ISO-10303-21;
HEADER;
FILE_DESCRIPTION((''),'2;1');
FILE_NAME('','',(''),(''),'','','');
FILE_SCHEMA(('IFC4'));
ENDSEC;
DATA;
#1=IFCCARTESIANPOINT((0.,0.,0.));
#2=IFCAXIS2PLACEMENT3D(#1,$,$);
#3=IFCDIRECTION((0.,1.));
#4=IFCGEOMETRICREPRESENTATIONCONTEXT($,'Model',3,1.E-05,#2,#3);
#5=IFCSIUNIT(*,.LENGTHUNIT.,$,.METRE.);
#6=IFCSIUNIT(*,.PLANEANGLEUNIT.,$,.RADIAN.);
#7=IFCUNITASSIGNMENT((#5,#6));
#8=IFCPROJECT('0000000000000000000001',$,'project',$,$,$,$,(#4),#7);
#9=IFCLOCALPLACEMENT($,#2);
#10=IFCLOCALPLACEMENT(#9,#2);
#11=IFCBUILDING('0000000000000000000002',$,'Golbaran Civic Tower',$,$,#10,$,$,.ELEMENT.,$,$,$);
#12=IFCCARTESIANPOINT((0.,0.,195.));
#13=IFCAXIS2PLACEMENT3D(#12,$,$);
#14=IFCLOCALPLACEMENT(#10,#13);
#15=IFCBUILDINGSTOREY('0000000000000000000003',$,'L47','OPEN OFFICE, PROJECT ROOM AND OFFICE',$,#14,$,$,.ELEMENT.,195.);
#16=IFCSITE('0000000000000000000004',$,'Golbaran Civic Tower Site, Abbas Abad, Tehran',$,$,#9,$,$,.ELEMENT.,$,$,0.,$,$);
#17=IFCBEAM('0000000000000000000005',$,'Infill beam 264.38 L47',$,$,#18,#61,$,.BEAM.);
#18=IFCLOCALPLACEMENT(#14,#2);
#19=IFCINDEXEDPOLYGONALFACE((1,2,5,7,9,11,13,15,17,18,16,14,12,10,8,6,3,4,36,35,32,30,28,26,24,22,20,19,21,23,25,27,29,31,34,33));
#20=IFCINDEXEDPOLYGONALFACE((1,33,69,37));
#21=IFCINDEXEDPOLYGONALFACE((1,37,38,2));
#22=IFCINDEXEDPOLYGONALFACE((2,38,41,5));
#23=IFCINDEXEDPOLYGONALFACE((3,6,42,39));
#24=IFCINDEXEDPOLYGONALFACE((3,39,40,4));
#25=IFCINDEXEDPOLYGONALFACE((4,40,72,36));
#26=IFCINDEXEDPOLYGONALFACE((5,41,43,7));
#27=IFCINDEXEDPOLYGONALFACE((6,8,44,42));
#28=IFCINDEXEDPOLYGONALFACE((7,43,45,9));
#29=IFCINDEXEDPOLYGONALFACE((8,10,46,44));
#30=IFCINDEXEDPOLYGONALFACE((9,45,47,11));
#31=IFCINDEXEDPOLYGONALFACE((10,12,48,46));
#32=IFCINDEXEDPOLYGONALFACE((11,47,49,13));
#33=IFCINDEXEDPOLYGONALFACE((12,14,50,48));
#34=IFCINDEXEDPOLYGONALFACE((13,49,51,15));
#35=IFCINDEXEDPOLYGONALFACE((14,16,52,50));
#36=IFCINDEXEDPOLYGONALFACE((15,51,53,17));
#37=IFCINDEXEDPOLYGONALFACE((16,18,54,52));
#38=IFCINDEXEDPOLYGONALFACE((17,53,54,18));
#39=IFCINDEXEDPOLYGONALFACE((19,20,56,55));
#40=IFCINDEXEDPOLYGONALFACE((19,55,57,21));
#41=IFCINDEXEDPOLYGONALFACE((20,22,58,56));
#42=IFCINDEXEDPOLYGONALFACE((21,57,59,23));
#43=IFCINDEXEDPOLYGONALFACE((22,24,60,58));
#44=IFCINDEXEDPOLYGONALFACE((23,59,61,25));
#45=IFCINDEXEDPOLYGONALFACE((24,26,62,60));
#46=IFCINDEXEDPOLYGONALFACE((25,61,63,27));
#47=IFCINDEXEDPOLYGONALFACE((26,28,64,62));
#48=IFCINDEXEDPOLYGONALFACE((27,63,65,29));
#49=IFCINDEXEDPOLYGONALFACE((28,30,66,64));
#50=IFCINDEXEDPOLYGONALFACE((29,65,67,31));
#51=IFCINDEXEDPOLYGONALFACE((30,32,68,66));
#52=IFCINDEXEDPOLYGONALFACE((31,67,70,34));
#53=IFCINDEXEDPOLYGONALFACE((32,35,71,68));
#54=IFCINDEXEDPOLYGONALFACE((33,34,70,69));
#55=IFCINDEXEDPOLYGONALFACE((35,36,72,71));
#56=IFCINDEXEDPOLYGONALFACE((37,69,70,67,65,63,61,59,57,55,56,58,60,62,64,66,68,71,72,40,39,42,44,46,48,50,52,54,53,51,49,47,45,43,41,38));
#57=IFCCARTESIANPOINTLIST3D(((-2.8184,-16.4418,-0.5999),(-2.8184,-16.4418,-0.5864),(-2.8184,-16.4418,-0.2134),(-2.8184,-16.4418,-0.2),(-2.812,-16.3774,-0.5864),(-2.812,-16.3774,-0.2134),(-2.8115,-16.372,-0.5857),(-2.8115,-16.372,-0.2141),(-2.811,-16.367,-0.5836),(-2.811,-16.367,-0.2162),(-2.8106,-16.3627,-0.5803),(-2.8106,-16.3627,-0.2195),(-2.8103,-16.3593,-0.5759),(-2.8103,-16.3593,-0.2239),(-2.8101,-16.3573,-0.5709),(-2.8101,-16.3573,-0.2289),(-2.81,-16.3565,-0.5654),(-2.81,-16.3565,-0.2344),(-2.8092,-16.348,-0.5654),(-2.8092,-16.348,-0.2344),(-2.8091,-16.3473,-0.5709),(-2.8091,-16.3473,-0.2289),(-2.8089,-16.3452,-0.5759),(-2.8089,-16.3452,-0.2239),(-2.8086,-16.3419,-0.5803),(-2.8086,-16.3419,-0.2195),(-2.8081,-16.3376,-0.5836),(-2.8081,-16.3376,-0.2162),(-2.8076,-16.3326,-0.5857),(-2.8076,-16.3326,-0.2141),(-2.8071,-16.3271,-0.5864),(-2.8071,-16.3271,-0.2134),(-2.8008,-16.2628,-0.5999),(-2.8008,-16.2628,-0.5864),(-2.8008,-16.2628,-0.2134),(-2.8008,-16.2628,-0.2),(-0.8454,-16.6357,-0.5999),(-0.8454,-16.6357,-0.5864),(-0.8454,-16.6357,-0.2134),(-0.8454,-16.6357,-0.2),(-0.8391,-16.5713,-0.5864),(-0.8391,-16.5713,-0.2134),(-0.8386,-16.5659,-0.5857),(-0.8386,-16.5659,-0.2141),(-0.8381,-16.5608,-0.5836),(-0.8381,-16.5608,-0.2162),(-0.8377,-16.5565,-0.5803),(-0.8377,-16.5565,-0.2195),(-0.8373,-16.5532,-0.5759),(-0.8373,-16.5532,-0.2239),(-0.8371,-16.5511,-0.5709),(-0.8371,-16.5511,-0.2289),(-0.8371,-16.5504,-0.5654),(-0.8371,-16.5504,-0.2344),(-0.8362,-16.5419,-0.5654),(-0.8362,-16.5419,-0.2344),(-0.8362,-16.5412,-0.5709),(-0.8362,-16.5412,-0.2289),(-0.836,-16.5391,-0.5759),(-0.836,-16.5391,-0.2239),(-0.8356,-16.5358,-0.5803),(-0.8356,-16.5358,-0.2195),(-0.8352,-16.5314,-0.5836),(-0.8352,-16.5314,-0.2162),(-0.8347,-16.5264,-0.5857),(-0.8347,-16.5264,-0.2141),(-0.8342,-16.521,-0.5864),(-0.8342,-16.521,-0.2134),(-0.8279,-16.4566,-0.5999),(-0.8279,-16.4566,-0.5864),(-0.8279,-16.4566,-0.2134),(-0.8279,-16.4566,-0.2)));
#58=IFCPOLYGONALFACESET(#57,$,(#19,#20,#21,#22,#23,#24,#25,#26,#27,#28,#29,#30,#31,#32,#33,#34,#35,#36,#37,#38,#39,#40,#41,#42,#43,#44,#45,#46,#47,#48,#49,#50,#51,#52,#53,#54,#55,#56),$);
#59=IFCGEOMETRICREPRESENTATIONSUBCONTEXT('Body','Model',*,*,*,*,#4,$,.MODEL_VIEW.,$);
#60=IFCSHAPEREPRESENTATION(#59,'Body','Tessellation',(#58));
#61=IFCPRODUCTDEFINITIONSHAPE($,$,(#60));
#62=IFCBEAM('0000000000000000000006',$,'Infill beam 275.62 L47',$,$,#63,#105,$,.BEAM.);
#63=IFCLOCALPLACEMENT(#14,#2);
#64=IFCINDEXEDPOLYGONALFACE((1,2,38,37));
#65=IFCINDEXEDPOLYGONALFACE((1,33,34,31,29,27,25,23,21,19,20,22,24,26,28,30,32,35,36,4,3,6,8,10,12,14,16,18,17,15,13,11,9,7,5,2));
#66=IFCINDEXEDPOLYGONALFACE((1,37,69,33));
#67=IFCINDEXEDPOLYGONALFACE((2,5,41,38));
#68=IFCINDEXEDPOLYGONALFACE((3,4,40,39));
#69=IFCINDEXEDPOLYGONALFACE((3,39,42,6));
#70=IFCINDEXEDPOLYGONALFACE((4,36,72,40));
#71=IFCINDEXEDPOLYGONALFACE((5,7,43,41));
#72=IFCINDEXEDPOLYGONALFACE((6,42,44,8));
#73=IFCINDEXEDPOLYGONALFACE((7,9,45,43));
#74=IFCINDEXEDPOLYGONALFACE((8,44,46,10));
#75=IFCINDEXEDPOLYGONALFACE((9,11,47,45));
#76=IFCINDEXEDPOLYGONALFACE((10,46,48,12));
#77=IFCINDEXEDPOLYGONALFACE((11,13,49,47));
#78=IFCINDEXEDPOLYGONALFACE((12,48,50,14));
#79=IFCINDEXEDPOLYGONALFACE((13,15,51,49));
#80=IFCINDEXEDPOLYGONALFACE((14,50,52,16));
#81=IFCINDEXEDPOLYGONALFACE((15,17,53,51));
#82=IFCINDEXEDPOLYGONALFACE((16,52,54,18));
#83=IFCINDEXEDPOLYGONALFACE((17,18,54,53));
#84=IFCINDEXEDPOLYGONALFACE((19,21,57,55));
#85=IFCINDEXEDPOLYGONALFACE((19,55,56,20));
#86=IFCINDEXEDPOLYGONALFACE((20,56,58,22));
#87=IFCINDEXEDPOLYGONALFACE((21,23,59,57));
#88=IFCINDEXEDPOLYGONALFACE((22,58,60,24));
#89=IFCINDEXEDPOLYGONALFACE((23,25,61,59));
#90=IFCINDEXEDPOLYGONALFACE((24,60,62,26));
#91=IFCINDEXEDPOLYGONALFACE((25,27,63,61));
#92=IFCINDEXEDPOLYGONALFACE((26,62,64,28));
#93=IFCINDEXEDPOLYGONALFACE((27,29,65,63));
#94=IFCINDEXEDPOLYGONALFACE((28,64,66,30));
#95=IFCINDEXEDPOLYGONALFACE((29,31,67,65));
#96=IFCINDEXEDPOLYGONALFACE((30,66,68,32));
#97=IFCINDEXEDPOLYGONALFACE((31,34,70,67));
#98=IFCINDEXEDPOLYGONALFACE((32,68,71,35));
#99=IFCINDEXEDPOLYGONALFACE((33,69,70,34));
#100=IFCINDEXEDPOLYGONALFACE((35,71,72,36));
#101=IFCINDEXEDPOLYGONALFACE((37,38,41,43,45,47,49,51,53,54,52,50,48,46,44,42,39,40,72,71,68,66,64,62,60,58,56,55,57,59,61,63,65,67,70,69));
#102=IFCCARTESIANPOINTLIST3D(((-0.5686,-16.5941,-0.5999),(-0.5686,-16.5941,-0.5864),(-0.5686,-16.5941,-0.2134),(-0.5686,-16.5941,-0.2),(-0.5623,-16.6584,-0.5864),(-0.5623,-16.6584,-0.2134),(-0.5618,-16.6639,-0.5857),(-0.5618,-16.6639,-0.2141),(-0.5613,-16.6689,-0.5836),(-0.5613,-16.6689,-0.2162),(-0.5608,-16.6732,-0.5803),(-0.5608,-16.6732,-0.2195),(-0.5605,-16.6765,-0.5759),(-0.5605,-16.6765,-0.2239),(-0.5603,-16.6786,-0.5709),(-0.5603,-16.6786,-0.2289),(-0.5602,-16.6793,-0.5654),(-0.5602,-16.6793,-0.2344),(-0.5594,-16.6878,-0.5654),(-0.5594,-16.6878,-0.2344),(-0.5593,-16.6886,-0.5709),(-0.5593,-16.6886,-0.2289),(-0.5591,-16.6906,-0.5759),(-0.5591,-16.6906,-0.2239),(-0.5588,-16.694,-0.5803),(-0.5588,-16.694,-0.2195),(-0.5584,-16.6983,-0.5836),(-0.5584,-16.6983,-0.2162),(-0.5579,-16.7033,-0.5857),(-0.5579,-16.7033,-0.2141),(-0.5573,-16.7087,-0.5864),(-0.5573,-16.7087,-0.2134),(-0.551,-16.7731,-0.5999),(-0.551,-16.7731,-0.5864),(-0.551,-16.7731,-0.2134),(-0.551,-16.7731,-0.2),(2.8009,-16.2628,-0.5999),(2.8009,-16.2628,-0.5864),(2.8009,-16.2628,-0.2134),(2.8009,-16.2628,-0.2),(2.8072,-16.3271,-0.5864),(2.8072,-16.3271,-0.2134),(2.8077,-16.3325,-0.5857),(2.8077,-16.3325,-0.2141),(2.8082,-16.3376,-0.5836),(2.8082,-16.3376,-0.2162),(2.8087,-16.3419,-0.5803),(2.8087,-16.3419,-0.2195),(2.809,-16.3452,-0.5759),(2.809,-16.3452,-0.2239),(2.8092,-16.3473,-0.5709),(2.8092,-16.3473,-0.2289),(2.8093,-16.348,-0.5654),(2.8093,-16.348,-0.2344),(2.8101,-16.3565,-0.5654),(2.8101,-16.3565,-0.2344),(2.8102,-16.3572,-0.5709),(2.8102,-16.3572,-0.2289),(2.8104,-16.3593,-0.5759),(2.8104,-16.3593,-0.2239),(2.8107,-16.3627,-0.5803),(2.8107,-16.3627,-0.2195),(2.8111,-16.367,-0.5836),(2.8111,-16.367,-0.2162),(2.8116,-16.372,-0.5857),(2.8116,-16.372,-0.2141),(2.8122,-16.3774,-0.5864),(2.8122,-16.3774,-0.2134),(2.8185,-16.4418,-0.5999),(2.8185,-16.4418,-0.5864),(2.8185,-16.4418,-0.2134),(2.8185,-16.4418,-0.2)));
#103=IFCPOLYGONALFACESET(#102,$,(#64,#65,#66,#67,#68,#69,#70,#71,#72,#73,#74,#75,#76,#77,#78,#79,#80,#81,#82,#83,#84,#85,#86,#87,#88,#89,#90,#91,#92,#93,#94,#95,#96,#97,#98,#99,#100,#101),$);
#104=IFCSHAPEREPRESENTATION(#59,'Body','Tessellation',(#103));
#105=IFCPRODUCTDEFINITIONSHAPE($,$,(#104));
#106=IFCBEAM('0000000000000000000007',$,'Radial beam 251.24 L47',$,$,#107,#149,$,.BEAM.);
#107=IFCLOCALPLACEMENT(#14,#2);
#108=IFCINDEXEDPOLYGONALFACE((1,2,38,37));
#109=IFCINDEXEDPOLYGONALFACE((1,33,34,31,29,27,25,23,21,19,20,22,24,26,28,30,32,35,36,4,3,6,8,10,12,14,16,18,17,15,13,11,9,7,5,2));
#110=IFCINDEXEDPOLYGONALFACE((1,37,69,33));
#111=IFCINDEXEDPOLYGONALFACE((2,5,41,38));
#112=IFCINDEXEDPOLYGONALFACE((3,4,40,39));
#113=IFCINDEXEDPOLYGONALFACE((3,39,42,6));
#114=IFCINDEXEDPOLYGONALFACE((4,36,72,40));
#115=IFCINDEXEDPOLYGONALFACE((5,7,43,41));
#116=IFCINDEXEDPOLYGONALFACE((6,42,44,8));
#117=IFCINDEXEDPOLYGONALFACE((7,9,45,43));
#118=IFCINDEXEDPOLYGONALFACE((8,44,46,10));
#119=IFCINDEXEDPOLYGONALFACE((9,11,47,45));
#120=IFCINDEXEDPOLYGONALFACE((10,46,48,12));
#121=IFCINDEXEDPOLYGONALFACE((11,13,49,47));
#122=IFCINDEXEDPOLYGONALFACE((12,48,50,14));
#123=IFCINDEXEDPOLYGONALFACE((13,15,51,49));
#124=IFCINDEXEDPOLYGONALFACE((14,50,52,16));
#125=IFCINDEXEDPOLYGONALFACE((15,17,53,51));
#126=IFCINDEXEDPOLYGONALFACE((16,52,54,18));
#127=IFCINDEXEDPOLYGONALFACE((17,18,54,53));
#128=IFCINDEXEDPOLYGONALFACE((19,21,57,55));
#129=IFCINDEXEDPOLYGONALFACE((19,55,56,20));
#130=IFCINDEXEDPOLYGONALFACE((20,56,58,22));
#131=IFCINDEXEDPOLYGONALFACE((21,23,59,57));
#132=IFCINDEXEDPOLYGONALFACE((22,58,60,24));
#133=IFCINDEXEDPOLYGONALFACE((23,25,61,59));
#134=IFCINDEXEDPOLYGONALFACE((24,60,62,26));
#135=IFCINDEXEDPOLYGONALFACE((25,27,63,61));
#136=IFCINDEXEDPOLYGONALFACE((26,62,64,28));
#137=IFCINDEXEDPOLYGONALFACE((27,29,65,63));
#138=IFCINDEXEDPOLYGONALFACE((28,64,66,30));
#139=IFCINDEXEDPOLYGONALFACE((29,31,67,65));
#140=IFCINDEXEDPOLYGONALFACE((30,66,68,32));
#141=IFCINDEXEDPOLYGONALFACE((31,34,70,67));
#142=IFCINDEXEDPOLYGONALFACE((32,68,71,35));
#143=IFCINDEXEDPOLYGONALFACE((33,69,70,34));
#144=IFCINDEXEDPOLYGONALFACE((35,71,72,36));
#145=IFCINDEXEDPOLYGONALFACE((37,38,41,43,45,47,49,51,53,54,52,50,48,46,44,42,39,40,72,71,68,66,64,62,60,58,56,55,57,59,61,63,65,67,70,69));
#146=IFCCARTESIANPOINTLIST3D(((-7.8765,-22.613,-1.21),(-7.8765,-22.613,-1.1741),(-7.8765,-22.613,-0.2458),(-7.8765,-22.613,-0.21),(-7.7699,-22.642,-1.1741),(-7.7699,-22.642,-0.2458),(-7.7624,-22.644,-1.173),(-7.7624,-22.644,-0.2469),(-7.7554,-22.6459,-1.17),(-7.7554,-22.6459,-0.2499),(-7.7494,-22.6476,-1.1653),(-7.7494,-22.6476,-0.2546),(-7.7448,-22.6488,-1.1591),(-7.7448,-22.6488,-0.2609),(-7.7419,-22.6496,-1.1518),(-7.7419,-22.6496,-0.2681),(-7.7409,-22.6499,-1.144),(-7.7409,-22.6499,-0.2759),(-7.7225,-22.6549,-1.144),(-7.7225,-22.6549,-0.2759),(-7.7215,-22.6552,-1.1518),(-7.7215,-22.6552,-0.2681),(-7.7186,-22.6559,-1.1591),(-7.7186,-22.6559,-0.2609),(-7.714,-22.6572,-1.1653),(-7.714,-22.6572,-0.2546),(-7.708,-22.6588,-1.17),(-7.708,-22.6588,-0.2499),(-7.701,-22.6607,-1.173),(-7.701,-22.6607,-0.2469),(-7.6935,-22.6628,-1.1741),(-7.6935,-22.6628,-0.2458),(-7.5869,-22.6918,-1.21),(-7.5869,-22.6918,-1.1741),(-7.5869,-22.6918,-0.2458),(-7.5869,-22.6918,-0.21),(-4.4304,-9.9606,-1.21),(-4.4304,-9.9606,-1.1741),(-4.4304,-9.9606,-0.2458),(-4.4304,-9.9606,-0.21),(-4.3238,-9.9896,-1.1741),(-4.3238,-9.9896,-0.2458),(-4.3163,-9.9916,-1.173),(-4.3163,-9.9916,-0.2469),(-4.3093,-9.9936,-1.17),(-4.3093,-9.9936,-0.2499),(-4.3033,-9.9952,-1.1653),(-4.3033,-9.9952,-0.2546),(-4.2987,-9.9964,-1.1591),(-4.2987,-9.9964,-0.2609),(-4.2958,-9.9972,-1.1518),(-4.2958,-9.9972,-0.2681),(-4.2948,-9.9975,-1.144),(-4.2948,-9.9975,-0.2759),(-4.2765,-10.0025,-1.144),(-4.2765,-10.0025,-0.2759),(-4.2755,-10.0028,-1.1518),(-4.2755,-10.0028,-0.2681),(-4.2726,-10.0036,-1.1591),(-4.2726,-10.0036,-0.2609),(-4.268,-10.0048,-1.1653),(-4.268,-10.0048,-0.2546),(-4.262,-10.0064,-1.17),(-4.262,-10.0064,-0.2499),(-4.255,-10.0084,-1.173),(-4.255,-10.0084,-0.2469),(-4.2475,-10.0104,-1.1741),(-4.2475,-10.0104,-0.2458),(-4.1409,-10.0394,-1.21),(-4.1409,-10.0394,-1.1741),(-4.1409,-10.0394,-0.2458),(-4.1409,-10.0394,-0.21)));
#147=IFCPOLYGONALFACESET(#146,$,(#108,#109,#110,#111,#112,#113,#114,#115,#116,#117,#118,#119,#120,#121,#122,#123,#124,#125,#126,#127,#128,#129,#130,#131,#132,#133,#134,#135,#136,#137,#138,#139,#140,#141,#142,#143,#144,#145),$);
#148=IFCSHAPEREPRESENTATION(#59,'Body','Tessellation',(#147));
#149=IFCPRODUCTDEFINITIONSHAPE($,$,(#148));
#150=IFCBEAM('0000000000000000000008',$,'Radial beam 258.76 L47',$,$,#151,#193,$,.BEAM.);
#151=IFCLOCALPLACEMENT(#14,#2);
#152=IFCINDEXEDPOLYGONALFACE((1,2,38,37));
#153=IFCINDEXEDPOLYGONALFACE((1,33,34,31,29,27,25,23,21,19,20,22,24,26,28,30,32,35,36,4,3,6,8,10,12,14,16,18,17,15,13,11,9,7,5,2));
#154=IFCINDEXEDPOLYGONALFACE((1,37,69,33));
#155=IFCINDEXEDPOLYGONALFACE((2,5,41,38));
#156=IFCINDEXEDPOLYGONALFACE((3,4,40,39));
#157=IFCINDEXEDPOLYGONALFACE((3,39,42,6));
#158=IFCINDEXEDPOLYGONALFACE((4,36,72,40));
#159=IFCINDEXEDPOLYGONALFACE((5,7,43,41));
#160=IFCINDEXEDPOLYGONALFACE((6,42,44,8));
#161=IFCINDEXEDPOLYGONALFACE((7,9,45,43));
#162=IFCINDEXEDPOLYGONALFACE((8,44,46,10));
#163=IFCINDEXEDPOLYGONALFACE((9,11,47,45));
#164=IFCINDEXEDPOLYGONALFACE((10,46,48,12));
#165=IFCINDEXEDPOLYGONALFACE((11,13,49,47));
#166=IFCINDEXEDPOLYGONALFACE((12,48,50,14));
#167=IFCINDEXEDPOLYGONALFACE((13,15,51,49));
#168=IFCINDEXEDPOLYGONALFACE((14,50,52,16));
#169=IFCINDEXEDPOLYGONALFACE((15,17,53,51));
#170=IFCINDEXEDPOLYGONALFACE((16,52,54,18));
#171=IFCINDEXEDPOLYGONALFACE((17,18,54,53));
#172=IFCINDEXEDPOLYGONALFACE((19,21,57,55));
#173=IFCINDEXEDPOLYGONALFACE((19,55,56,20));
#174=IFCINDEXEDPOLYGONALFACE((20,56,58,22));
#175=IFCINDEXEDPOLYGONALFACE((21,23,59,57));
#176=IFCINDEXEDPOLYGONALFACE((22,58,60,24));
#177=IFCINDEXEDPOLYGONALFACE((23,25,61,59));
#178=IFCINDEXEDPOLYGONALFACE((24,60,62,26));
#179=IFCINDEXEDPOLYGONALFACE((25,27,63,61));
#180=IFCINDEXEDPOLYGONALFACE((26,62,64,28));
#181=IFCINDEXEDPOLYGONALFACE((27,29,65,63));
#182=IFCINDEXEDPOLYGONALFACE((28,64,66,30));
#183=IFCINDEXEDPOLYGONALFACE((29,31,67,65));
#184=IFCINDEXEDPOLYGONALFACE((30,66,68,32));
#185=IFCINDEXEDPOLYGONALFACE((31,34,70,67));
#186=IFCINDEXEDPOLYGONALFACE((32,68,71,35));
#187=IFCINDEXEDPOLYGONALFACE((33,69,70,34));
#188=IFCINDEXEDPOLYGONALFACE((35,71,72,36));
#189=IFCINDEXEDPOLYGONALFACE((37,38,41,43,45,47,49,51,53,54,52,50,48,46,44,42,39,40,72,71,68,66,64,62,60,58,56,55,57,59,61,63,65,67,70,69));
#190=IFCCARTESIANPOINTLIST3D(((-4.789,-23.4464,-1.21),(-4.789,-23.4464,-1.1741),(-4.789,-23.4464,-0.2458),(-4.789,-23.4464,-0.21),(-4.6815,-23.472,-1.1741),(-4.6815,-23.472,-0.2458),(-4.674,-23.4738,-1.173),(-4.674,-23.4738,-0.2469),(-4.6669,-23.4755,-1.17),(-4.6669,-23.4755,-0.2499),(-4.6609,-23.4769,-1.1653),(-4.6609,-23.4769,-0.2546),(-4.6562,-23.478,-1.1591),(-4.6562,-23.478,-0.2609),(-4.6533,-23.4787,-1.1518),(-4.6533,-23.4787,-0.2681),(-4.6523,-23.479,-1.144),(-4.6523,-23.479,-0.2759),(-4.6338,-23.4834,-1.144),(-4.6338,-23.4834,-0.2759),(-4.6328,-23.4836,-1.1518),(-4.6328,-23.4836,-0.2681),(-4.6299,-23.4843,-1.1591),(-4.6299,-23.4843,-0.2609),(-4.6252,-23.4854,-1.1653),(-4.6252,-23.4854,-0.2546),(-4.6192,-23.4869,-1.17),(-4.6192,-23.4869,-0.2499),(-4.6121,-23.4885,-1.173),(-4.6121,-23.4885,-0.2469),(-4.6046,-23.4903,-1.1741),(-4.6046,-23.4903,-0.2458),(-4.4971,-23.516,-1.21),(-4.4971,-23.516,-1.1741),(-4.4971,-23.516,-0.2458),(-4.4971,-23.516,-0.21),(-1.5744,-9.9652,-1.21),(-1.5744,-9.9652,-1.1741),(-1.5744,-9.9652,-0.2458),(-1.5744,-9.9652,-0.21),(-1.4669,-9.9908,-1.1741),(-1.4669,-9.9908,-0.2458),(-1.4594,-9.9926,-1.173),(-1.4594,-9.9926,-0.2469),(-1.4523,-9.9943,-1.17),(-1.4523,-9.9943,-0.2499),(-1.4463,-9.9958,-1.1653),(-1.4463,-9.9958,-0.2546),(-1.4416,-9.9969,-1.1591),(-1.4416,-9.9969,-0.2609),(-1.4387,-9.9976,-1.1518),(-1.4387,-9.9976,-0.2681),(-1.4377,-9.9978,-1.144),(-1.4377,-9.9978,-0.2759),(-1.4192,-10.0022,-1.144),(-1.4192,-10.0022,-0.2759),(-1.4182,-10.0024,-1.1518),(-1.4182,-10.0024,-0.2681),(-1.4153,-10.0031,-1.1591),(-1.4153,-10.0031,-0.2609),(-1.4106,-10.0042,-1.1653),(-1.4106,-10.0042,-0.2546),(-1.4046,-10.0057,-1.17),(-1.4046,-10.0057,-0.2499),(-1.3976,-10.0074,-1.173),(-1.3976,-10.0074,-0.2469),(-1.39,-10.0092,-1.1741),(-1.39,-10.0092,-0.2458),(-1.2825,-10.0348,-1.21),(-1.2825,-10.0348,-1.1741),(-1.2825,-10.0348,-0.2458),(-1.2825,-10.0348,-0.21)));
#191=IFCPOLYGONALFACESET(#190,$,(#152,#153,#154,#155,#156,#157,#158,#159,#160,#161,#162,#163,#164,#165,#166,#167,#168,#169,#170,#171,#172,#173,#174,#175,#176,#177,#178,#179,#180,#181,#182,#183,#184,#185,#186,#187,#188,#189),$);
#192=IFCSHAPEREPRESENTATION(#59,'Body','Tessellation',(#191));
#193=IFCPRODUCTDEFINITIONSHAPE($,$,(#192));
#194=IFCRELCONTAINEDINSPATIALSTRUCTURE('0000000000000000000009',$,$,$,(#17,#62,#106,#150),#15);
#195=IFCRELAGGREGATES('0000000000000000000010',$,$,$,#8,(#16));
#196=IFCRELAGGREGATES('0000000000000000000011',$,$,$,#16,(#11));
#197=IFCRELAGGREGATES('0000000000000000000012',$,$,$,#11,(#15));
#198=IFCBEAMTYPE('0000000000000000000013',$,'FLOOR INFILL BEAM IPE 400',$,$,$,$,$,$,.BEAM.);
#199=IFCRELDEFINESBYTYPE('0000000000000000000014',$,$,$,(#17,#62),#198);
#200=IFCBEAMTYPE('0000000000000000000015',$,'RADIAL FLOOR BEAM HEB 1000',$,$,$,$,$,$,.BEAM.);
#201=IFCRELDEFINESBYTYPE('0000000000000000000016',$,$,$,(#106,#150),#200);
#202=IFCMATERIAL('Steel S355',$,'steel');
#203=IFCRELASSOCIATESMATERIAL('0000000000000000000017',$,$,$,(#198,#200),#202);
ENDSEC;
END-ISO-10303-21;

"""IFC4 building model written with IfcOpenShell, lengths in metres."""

from ifc_helpers import new_model, si_unit, direction, frame, origin, origin_2d, place, context, subcontext, project, spatial, i_section, extrude, material, material_profile, profile_set, type_object, element, save


model = new_model("IFC4")

# Units and contexts
model_context = context("Model", 3, precision=1e-05, world=origin(), true_north=direction((0.0, 1.0)))
body_context = subcontext(model_context, "Body", "Model", "MODEL_VIEW")
ifc_project = project(units=[si_unit("LENGTHUNIT", "METRE"), si_unit("PLANEANGLEUNIT", "RADIAN")], contexts=[model_context])

# Site, building, storey
site_placement = place(None, origin())
site = spatial("IfcSite", under=ifc_project, at=site_placement, Name="Golbaran Civic Tower Site, Abbas Abad, Tehran", CompositionType="ELEMENT", RefElevation=0.0)
building_placement = place(site_placement, origin())
building = spatial("IfcBuilding", under=site, at=building_placement, Name="Golbaran Civic Tower", CompositionType="ELEMENT")
storey_placement = place(building_placement, frame((0.0, 0.0, 195.0)))
storey = spatial("IfcBuildingStorey", under=building, at=storey_placement, Name="L47", Description="OPEN OFFICE, PROJECT ROOM AND OFFICE", CompositionType="ELEMENT", Elevation=195.0)

# Beams
ifc_material_1 = material(Name="Steel S355", Category="steel")
ifc_material_profile_1 = material_profile(ifc_material_1, i_section(OverallWidth=0.1799, OverallDepth=0.3999, WebThickness=0.0085, FlangeThickness=0.0134, FilletRadius=0.021, at=origin_2d()), Name="IPE 400")
ifc_profile_set_1 = profile_set([ifc_material_profile_1], Name="Steel S355")
beam_type_1 = type_object("IfcBeamType", Name="FLOOR INFILL BEAM IPE 400", PredefinedType="BEAM", material=ifc_profile_set_1)
beam_1_placement = place(storey_placement, frame((-2.8096, -16.3523, -0.3999), z_axis=(0.995208, -0.097784, 0.0), x_axis=(0.097784, 0.995208, 0.0)))
element("IfcBeam", 1, at=beam_1_placement, inside=storey, type_object=beam_type_1, Name="Infill beam 264.38 L47", PredefinedType="BEAM", context=body_context, shape_type="SweptSolid", body=[
    extrude(i_section(OverallWidth=0.1799, OverallDepth=0.3999, WebThickness=0.0085, FlangeThickness=0.0134, FilletRadius=0.021, at=origin_2d()), origin(), (0.0, 0.0, 1.0), 1.9824),
])
beam_2_placement = place(storey_placement, frame((-0.5598, -16.6836, -0.3999), z_axis=(0.995201, 0.097854, 0.0), x_axis=(-0.097854, 0.995201, 0.0)))
element("IfcBeam", 2, at=beam_2_placement, inside=storey, type_object=beam_type_1, Name="Infill beam 275.62 L47", PredefinedType="BEAM", context=body_context, shape_type="SweptSolid", body=[
    extrude(i_section(OverallWidth=0.1799, OverallDepth=0.3999, WebThickness=0.0085, FlangeThickness=0.0134, FilletRadius=0.021, at=origin_2d()), origin(), (0.0, 0.0, 1.0), 3.3857),
])
ifc_material_profile_2 = material_profile(ifc_material_1, i_section(OverallWidth=0.3, OverallDepth=1.0, WebThickness=0.019, FlangeThickness=0.0359, FilletRadius=0.03, at=origin_2d()), Name="HEB 1000")
ifc_profile_set_2 = profile_set([ifc_material_profile_2], Name="Steel S355")
beam_type_2 = type_object("IfcBeamType", Name="RADIAL FLOOR BEAM HEB 1000", PredefinedType="BEAM", material=ifc_profile_set_2)
beam_3_placement = place(storey_placement, frame((-4.2856, -10.0, -0.71), z_axis=(-0.262791, -0.964853, 0.0), x_axis=(0.964853, -0.262791, 0.0)))
element("IfcBeam", 3, at=beam_3_placement, inside=storey, type_object=beam_type_2, Name="Radial beam 251.24 L47", PredefinedType="BEAM", context=body_context, shape_type="SweptSolid", body=[
    extrude(i_section(OverallWidth=0.3, OverallDepth=1.0, WebThickness=0.019, FlangeThickness=0.0359, FilletRadius=0.03, at=origin_2d()), origin(), (0.0, 0.0, 1.0), 13.1133),
])
beam_4_placement = place(storey_placement, frame((-1.4285, -10.0, -0.71), z_axis=(-0.231948, -0.972728, 0.0), x_axis=(0.972728, -0.231948, 0.0)))
element("IfcBeam", 4, at=beam_4_placement, inside=storey, type_object=beam_type_2, Name="Radial beam 258.76 L47", PredefinedType="BEAM", context=body_context, shape_type="SweptSolid", body=[
    extrude(i_section(OverallWidth=0.3, OverallDepth=1.0, WebThickness=0.019, FlangeThickness=0.0359, FilletRadius=0.03, at=origin_2d()), origin(), (0.0, 0.0, 1.0), 13.8591),
])

save(model, "model.ifc")
